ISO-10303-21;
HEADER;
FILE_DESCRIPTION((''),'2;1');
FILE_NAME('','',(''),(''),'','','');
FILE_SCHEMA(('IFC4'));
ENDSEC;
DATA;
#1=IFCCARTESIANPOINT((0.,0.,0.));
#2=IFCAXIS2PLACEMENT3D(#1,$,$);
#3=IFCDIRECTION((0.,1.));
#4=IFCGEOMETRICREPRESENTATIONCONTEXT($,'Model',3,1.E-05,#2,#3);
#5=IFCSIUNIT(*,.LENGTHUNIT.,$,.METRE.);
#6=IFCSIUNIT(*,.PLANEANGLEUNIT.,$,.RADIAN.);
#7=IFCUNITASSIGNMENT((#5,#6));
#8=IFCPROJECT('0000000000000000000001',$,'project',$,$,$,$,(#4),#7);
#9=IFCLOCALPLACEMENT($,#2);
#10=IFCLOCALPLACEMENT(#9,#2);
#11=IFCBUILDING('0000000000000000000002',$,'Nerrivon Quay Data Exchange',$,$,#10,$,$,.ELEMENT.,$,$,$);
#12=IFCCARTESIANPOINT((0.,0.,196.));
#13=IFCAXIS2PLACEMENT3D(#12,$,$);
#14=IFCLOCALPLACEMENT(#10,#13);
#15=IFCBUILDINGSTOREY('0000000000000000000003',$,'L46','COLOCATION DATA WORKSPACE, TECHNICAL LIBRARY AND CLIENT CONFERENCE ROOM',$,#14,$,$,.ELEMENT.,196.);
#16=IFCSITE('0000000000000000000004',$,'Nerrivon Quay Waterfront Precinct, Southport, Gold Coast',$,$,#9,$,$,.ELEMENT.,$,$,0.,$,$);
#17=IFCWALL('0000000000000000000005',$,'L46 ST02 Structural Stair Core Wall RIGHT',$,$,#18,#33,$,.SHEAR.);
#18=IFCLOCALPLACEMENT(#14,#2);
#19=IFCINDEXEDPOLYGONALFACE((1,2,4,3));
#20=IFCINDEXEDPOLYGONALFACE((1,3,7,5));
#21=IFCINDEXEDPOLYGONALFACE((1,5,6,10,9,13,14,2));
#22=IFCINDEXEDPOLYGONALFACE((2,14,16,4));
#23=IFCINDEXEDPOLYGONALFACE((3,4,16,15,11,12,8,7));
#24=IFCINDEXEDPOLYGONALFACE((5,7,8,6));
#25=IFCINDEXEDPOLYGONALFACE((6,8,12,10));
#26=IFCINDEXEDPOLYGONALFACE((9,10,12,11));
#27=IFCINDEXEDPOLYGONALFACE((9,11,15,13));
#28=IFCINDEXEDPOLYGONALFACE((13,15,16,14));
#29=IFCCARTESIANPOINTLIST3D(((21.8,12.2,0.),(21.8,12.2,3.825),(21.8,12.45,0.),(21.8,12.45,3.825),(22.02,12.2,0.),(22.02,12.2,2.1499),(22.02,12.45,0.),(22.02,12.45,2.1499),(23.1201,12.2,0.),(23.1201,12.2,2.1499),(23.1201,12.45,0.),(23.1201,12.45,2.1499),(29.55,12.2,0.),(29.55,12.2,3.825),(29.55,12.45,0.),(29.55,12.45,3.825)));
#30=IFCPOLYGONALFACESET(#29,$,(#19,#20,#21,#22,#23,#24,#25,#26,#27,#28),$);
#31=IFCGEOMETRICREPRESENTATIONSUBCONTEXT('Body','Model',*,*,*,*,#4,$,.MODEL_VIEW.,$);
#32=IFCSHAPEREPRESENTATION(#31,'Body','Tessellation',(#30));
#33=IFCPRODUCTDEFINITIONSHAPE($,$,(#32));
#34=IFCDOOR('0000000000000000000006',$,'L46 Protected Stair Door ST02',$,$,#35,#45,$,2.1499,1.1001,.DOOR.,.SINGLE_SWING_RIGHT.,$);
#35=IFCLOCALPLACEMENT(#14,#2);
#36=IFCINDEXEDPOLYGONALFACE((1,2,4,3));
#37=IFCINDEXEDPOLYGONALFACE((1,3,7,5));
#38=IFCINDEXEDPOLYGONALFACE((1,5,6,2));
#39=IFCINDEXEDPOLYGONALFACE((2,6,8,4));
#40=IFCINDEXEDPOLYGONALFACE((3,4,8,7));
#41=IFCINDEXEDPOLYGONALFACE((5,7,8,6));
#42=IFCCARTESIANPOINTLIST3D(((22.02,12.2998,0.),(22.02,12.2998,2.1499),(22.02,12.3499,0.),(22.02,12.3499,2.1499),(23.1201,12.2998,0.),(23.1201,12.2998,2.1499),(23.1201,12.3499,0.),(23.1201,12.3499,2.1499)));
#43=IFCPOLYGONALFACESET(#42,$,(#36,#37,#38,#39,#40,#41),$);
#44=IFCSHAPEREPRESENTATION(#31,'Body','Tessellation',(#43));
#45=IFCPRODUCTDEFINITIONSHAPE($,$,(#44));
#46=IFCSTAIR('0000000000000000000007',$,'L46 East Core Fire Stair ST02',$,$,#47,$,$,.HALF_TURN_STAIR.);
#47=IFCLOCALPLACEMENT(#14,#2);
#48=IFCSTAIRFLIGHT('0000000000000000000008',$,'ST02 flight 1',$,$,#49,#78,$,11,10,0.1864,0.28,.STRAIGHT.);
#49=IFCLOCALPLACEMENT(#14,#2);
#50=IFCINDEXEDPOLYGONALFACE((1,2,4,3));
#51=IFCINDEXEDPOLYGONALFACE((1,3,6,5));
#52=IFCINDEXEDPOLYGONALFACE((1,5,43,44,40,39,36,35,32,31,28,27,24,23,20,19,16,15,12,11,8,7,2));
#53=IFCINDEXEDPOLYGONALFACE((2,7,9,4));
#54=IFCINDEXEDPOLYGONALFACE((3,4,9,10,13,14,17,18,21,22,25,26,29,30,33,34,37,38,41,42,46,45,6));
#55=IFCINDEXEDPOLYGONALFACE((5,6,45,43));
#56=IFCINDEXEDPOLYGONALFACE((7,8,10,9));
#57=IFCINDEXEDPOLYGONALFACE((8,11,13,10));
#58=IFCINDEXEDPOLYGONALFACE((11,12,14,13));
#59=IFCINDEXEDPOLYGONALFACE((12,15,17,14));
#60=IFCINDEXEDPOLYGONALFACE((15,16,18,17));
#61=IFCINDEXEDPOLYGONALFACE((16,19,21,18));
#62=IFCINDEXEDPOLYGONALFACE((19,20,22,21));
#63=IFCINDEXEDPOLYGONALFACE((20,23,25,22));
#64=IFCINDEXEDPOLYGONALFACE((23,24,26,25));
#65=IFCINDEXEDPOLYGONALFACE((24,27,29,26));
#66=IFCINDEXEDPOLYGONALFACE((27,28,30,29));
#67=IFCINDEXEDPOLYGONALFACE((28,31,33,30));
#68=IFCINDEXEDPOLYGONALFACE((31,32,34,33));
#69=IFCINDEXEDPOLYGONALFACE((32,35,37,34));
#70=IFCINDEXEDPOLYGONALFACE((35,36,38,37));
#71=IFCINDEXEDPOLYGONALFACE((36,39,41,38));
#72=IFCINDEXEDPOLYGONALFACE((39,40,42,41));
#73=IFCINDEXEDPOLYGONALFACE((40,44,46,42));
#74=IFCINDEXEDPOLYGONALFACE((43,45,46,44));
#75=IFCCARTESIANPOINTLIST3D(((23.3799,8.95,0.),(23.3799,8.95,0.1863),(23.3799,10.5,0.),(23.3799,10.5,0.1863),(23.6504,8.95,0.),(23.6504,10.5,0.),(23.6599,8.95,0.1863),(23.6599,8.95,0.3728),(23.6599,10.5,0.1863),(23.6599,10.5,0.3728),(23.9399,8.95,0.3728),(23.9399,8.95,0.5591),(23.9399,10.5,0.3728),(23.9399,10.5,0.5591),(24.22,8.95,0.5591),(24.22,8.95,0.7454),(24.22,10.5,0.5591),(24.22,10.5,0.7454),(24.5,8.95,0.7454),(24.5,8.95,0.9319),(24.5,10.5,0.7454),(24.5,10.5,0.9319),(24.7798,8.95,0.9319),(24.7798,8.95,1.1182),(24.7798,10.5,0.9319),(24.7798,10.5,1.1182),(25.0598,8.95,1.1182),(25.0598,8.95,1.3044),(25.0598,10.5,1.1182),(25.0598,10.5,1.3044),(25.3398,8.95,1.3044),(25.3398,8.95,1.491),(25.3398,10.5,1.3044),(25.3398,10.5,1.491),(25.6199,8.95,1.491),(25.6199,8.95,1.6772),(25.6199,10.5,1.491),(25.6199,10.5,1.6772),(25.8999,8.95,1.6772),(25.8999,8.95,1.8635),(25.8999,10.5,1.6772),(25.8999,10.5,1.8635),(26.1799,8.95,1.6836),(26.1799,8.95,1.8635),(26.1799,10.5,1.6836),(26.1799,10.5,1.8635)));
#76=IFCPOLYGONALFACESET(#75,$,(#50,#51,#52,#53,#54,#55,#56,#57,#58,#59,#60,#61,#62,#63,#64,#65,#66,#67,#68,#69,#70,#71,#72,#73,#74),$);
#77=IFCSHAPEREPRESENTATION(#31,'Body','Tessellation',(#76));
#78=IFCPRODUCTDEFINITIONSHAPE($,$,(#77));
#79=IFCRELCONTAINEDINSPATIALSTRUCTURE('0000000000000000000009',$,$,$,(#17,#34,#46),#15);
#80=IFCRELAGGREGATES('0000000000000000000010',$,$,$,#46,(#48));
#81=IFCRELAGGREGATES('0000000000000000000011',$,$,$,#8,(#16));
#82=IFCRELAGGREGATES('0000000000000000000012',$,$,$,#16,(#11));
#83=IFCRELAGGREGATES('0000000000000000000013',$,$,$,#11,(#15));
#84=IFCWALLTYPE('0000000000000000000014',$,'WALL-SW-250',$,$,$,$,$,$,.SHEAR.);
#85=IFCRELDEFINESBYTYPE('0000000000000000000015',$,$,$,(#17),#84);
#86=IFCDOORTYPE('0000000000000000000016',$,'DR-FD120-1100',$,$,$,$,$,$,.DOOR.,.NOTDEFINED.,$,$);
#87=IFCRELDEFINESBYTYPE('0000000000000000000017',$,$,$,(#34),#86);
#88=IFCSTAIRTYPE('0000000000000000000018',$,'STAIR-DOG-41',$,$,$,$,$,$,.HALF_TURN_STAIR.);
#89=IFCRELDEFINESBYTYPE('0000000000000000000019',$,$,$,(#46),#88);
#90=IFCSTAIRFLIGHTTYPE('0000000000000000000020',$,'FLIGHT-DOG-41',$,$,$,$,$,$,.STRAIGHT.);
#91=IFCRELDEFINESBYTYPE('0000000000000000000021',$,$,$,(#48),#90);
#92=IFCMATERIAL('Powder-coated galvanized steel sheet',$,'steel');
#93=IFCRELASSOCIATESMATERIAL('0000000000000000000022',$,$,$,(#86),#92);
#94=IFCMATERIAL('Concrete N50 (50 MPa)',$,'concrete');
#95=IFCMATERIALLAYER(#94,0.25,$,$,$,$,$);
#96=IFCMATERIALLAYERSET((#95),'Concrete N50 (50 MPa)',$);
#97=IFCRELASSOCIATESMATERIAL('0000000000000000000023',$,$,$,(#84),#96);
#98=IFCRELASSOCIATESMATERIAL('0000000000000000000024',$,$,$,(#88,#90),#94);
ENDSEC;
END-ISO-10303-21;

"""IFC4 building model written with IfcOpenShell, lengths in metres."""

from ifc_helpers import new_model, si_unit, direction, frame, frame_2d, origin, place, context, subcontext, project, spatial, polyline, rectangle, outline, extrude, material, layer, layer_set, type_object, element, fill, aggregate, save


model = new_model("IFC4")

# Units and contexts
model_context = context("Model", 3, precision=1e-05, world=origin(), true_north=direction((0.0, 1.0)))
body_context = subcontext(model_context, "Body", "Model", "MODEL_VIEW")
ifc_project = project(units=[si_unit("LENGTHUNIT", "METRE"), si_unit("PLANEANGLEUNIT", "RADIAN")], contexts=[model_context])

# Site, building, storey
site_placement = place(None, origin())
site = spatial("IfcSite", under=ifc_project, at=site_placement, Name="Nerrivon Quay Waterfront Precinct, Southport, Gold Coast", CompositionType="ELEMENT", RefElevation=0.0)
building_placement = place(site_placement, origin())
building = spatial("IfcBuilding", under=site, at=building_placement, Name="Nerrivon Quay Data Exchange", CompositionType="ELEMENT")
storey_placement = place(building_placement, frame((0.0, 0.0, 196.0)))
storey = spatial("IfcBuildingStorey", under=building, at=storey_placement, Name="L46", Description="COLOCATION DATA WORKSPACE, TECHNICAL LIBRARY AND CLIENT CONFERENCE ROOM", CompositionType="ELEMENT", Elevation=196.0)

# Shared definitions
ifc_material_1 = material(Name="Concrete N50 (50 MPa)", Category="concrete")

# Shared definitions
ifc_material_2 = material(Name="Powder-coated galvanized steel sheet", Category="steel")
door_type_1 = type_object("IfcDoorType", Name="DR-FD120-1100", OperationType="NOTDEFINED", PredefinedType="DOOR", material=ifc_material_2)

# Shared definitions
ifc_layer_1 = layer(ifc_material_1, 0.25)
ifc_layer_set_1 = layer_set([ifc_layer_1], Name="Concrete N50 (50 MPa)")
wall_type_1 = type_object("IfcWallType", Name="WALL-SW-250", PredefinedType="SHEAR", material=ifc_layer_set_1)

# Wall, opening, door
wall_1_placement = place(storey_placement, frame((21.8, 12.325, 0.0), z_axis=(0.0, 0.0, 1.0), x_axis=(1.0, 0.0, 0.0)))
wall_1 = element("IfcWall", 1, at=wall_1_placement, inside=storey, type_object=wall_type_1, Name="L46 ST02 Structural Stair Core Wall RIGHT", PredefinedType="SHEAR", context=body_context, shape_type="SweptSolid", body=[
    extrude(rectangle(XDim=7.75, YDim=0.25, at=frame_2d((3.875, 0.0))), origin(), (0.0, 0.0, 1.0), 3.825),
])
opening_1_placement = place(wall_1_placement, frame((0.22, 0.0, 0.0)))
opening_1 = element("IfcOpeningElement", 2, at=opening_1_placement, cuts=wall_1, PredefinedType="OPENING", context=body_context, shape_type="SweptSolid", body=[
    extrude(rectangle(XDim=1.1001, YDim=2.1499, at=frame_2d((0.55, 1.075))), frame((0.0, 0.135, 0.0), z_axis=(0.0, -1.0, 0.0), x_axis=(1.0, 0.0, 0.0)), (0.0, 0.0, 1.0), 0.27),
])
door_1_placement = place(opening_1_placement, origin())
door_1 = element("IfcDoor", 3, at=door_1_placement, inside=storey, type_object=door_type_1, Name="L46 Protected Stair Door ST02", OperationType="SINGLE_SWING_RIGHT", OverallHeight=2.1499, OverallWidth=1.1001, PredefinedType="DOOR", context=body_context, shape_type="SweptSolid", body=[
    extrude(rectangle(XDim=1.1001, YDim=2.1499, at=frame_2d((0.55, 1.075))), frame((0.0, 0.0249, 0.0), z_axis=(0.0, -1.0, 0.0), x_axis=(1.0, 0.0, 0.0)), (0.0, 0.0, 1.0), 0.05),
])
fill(opening_1, door_1)

# Stair, stair flight
stair_type = type_object("IfcStairType", Name="STAIR-DOG-41", PredefinedType="HALF_TURN_STAIR", material=ifc_material_1)
stair_placement = place(storey_placement, origin())
stair = element("IfcStair", 4, at=stair_placement, inside=storey, type_object=stair_type, Name="L46 East Core Fire Stair ST02", PredefinedType="HALF_TURN_STAIR")
stair_flight_type = type_object("IfcStairFlightType", Name="FLIGHT-DOG-41", PredefinedType="STRAIGHT", material=ifc_material_1)
stair_flight_placement = place(storey_placement, frame((23.3799, 9.7251, 0.0), z_axis=(0.0, 0.0, 1.0), x_axis=(1.0, 0.0, 0.0)))
stair_flight = element("IfcStairFlight", 5, at=stair_flight_placement, type_object=stair_flight_type, Name="ST02 flight 1", NumberOfRisers=11, NumberOfTreads=10, PredefinedType="STRAIGHT", RiserHeight=0.1864, TreadLength=0.28, context=body_context, shape_type="SweptSolid", body=[
    extrude(outline(polyline([(0.0, 0.0), (0.0, 0.1863), (0.28, 0.1863), (0.28, 0.3728), (0.5601, 0.3728), (0.5601, 0.5591), (0.8401, 0.5591), (0.8401, 0.7454), (1.1201, 0.7454), (1.1201, 0.9319), (1.3999, 0.9319), (1.3999, 1.1182), (1.6799, 1.1182), (1.6799, 1.3044), (1.96, 1.3044), (1.96, 1.491), (2.24, 1.491), (2.24, 1.6772), (2.52, 1.6772), (2.52, 1.8635), (2.8, 1.8635), (2.8, 2.05), (2.8, 1.6836), (0.2705, 0.0), (0.0, 0.0)])), frame((0.0, 0.7749, 0.0), z_axis=(0.0, -1.0, 0.0), x_axis=(1.0, 0.0, 0.0)), (0.0, 0.0, 1.0), 1.55),
])
aggregate(stair, [stair_flight])

save(model, "model.ifc")
